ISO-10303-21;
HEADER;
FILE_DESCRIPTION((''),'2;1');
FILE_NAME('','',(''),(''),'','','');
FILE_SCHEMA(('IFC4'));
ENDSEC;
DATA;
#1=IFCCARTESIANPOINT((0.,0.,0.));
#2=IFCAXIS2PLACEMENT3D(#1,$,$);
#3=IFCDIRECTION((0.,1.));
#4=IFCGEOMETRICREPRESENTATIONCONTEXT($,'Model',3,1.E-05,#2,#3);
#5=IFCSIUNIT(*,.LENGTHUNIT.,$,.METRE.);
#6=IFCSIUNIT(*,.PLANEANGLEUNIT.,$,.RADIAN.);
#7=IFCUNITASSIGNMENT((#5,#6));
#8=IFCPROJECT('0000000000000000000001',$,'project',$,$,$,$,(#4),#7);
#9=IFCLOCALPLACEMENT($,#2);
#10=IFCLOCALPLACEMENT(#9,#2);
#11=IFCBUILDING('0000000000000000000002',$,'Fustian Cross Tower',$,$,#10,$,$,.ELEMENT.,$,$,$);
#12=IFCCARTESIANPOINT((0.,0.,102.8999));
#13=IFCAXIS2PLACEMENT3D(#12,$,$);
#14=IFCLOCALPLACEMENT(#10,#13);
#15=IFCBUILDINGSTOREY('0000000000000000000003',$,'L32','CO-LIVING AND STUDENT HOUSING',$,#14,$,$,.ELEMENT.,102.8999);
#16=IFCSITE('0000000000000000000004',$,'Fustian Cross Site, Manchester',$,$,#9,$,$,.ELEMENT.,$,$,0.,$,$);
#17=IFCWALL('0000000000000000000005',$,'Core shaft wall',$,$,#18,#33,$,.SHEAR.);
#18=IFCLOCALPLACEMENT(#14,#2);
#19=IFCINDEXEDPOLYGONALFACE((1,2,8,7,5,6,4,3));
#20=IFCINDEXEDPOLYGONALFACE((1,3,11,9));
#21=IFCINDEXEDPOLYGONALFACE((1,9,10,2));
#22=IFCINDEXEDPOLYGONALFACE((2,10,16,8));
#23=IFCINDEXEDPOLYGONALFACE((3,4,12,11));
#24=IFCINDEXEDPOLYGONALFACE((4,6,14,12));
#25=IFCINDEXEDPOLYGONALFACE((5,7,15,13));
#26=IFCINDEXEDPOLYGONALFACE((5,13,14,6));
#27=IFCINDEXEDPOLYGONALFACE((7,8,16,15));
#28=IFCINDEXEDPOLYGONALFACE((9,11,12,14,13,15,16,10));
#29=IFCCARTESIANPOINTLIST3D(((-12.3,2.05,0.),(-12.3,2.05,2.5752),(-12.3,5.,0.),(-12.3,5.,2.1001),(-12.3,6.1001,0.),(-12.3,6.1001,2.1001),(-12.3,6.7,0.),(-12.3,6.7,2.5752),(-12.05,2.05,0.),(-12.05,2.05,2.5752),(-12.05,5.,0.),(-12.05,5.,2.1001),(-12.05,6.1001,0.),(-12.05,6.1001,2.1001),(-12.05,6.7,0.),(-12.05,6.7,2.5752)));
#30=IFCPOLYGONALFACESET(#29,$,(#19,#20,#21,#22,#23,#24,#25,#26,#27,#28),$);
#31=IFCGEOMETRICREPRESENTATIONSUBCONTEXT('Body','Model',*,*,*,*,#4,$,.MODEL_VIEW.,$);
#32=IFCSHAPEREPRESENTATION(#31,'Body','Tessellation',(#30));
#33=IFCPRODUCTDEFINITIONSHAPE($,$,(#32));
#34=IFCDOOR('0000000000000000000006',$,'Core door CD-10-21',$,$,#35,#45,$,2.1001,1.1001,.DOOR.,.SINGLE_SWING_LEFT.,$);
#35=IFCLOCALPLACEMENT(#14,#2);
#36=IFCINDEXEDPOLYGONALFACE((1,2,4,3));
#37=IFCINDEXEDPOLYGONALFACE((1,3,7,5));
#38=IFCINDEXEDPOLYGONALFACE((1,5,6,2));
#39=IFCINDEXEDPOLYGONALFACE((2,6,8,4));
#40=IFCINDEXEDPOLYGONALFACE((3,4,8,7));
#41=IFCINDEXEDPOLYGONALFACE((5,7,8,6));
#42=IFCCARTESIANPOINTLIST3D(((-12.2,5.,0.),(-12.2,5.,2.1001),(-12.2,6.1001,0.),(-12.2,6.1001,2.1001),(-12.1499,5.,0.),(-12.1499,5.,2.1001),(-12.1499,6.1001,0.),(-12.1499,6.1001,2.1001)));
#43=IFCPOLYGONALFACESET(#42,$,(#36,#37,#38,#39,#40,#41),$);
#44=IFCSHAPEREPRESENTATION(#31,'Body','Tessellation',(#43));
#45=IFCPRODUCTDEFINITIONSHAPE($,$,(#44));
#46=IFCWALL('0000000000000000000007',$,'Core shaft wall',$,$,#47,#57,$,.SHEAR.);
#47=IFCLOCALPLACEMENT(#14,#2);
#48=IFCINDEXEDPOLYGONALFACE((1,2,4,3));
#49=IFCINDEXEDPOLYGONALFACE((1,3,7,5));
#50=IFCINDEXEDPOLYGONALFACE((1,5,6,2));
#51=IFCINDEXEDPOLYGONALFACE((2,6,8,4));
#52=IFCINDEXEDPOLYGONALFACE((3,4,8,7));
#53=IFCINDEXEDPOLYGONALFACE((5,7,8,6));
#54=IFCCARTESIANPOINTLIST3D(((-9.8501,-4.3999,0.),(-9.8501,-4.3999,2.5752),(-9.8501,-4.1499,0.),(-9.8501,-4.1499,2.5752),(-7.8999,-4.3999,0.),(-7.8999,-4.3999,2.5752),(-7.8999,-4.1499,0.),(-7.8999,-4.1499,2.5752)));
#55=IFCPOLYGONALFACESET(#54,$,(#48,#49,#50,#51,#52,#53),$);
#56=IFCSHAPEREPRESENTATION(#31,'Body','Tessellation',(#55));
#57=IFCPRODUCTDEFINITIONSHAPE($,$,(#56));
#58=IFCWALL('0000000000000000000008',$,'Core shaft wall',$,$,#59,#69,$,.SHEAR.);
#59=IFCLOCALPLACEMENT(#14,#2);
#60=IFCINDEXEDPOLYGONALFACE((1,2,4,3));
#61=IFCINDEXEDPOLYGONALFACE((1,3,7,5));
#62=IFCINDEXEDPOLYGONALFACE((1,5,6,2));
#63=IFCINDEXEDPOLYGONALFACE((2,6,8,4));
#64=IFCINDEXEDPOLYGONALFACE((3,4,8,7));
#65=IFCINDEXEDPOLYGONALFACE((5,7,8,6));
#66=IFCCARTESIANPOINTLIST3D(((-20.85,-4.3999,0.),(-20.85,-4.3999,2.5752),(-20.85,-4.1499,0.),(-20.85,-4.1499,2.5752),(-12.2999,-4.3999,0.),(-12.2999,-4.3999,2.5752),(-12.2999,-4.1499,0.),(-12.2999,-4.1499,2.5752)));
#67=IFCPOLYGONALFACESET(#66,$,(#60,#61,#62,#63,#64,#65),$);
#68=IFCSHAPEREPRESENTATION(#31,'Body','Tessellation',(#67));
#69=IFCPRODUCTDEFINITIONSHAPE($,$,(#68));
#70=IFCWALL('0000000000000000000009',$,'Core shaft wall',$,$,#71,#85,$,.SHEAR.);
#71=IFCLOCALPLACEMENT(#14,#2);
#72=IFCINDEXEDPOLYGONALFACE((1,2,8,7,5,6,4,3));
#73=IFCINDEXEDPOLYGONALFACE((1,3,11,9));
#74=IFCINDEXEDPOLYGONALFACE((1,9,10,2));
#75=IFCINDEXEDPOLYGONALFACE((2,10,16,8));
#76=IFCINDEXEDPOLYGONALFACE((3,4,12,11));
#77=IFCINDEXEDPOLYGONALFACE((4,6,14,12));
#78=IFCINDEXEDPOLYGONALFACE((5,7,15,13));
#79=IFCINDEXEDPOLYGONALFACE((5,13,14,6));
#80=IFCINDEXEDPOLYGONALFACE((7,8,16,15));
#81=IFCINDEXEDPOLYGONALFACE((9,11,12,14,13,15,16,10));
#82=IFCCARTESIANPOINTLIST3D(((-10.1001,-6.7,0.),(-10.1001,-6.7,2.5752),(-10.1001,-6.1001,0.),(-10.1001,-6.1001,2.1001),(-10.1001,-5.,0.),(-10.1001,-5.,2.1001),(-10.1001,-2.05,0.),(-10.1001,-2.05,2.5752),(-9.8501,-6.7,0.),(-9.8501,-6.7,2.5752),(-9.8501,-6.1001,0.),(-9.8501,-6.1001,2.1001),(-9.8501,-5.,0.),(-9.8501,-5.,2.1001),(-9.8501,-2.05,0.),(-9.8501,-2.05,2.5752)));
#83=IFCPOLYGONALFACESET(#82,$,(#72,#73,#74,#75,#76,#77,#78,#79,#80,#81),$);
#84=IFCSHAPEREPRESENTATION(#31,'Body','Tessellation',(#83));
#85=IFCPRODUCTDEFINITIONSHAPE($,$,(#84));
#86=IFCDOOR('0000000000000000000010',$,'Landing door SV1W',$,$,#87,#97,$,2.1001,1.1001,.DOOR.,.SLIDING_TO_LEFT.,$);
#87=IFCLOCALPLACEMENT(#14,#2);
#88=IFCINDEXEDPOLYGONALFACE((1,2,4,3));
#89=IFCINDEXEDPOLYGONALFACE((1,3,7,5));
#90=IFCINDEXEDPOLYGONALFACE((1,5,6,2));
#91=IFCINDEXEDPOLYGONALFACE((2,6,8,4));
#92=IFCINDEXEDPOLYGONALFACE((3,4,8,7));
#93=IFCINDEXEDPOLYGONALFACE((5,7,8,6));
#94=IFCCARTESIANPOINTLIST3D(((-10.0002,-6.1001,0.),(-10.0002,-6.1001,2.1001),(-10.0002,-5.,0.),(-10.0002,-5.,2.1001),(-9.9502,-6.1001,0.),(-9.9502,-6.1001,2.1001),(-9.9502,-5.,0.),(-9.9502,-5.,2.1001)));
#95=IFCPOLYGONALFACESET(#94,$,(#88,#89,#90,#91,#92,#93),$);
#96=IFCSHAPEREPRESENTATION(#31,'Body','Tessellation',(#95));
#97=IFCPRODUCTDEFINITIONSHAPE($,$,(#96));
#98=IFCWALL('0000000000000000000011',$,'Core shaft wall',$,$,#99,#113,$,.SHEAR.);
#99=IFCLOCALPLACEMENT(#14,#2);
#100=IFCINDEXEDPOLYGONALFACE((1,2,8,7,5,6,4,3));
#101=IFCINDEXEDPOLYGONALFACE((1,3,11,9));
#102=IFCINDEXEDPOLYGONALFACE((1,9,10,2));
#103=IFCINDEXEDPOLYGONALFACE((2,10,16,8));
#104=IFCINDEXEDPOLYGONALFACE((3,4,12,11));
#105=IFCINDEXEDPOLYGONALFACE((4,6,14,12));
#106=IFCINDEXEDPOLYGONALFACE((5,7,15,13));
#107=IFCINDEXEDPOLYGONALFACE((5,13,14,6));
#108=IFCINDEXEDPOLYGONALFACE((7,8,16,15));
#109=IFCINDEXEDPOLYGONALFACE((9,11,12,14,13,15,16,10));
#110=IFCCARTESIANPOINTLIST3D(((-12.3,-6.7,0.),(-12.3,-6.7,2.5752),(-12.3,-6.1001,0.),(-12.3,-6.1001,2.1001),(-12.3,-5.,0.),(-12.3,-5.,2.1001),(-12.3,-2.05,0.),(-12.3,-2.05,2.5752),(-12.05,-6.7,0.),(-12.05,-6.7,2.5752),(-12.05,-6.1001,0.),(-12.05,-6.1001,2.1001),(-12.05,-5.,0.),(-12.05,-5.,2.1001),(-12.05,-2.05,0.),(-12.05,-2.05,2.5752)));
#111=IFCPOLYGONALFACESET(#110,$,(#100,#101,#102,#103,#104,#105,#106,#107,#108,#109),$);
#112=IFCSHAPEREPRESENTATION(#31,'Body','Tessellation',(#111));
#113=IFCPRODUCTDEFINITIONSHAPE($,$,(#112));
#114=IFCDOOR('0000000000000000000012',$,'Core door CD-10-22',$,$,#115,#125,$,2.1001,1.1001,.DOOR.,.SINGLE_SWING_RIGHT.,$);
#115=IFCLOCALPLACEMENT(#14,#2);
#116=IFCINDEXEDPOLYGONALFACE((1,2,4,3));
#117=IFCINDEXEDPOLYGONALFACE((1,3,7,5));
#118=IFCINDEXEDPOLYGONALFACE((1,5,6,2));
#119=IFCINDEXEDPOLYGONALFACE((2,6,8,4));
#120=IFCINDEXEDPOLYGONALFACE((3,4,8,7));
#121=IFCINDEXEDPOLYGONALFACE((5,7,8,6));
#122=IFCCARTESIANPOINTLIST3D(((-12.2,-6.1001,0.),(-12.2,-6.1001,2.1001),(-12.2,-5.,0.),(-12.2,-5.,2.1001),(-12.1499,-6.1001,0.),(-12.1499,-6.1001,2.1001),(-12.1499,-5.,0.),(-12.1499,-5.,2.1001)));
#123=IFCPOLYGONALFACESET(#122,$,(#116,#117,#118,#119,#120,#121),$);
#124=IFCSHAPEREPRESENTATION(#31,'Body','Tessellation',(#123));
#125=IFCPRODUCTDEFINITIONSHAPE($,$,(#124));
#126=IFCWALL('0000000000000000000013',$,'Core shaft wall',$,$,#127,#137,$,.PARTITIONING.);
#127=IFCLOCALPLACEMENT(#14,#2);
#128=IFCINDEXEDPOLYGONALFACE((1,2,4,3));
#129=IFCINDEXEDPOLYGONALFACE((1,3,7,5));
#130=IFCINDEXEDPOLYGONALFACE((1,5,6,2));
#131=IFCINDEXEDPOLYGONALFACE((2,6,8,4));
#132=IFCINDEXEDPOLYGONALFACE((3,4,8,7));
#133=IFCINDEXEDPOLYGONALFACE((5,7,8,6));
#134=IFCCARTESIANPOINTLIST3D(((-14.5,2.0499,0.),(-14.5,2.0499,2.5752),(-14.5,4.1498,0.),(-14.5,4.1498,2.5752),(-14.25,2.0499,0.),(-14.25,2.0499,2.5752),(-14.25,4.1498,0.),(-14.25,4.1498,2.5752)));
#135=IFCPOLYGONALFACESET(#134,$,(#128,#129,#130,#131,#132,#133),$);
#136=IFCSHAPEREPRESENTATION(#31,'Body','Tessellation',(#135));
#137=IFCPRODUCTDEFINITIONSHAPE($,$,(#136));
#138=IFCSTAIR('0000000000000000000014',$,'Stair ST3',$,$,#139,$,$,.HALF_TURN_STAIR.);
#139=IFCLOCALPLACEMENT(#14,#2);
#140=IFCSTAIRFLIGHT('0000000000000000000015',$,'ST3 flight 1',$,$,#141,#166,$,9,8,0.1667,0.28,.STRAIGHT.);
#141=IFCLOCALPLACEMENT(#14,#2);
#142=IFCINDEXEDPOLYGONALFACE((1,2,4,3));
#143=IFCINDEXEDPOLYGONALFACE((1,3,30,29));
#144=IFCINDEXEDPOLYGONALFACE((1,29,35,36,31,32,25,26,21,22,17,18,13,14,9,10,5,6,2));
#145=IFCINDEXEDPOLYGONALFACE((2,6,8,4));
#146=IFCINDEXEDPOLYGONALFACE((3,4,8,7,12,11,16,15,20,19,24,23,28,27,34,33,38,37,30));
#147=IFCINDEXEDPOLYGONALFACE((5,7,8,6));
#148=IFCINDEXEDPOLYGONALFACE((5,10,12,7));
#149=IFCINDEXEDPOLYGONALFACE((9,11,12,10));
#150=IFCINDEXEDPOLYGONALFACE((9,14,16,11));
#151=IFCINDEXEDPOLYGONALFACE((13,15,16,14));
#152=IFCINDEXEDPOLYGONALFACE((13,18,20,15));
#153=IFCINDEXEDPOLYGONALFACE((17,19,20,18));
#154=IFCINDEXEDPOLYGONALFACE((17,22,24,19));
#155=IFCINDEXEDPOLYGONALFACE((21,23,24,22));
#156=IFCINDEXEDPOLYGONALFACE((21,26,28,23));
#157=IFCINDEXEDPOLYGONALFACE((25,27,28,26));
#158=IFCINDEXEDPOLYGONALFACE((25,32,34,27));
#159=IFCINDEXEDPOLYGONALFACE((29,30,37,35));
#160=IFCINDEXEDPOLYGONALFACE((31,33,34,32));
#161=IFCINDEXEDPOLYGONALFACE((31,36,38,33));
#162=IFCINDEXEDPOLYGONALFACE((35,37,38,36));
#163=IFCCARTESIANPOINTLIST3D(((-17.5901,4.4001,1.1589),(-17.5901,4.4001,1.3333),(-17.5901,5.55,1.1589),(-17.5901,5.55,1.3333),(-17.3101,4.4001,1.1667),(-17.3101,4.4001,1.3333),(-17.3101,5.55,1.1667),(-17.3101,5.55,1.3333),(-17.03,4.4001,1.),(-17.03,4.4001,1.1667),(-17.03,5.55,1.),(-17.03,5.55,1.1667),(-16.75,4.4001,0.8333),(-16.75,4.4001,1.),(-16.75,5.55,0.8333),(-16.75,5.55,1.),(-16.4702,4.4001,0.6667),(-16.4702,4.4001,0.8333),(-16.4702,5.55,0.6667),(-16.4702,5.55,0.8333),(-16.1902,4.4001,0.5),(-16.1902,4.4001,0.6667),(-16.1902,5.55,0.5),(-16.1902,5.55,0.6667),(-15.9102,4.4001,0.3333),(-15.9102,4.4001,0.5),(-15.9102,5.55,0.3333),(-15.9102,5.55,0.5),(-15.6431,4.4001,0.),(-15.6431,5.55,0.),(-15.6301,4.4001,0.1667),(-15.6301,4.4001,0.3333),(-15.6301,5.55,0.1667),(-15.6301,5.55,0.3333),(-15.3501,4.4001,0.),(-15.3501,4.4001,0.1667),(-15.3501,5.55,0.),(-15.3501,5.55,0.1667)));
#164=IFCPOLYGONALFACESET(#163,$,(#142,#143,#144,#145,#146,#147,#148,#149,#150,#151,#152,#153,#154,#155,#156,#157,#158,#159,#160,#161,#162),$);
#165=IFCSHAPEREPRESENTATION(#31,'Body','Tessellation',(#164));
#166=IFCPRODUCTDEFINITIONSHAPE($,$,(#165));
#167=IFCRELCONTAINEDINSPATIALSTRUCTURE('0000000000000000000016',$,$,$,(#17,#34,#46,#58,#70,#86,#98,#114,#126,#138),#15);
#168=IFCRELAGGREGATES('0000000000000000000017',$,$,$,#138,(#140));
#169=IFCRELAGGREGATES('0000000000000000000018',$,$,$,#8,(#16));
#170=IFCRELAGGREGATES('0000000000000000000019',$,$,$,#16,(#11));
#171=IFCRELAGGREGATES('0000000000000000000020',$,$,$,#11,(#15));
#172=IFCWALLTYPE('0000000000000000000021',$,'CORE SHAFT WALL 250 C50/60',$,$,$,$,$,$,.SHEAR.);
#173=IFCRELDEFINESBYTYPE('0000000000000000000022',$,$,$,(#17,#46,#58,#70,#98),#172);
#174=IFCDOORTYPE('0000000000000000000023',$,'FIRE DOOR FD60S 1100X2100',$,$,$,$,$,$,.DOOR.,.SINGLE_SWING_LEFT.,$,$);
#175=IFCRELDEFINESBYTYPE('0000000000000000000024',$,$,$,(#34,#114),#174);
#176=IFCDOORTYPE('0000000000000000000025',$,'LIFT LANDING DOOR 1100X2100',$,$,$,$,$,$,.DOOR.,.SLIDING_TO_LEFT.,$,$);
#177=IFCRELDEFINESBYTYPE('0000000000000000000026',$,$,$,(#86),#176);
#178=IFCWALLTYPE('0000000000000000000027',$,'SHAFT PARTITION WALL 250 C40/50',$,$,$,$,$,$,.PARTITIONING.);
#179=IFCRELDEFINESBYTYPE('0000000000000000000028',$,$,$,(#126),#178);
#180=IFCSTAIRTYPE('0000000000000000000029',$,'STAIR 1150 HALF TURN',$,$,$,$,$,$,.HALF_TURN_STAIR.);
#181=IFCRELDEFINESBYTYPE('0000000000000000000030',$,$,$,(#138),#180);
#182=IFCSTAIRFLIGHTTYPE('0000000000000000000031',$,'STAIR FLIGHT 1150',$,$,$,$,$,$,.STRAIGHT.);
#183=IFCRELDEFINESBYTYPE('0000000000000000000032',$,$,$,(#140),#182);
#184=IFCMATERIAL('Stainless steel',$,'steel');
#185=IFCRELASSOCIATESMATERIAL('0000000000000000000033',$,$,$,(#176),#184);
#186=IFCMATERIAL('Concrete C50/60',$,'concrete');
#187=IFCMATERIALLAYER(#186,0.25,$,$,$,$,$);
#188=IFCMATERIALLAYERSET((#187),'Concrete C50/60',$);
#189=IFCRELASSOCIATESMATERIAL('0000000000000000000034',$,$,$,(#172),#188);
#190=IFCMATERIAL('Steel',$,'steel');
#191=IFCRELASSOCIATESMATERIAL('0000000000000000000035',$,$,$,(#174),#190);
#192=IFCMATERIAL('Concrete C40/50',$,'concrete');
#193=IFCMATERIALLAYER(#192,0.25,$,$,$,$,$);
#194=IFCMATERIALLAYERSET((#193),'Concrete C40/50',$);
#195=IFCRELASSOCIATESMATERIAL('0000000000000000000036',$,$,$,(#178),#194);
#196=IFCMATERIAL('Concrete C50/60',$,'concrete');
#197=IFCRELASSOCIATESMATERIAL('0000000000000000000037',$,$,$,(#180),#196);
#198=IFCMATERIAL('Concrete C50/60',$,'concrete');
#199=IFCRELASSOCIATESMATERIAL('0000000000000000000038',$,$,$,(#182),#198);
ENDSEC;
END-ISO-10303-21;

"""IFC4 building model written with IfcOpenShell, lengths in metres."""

from ifc_helpers import new_model, si_unit, direction, frame, frame_2d, origin, place, context, subcontext, project, spatial, polyline, rectangle, outline, extrude, material, layer, layer_set, type_object, element, fill, aggregate, save


model = new_model("IFC4")

# Units and contexts
model_context = context("Model", 3, precision=1e-05, world=origin(), true_north=direction((0.0, 1.0)))
body_context = subcontext(model_context, "Body", "Model", "MODEL_VIEW")
ifc_project = project(units=[si_unit("LENGTHUNIT", "METRE"), si_unit("PLANEANGLEUNIT", "RADIAN")], contexts=[model_context])

# Site, building, storey
site_placement = place(None, origin())
site = spatial("IfcSite", under=ifc_project, at=site_placement, Name="Fustian Cross Site, Manchester", CompositionType="ELEMENT", RefElevation=0.0)
building_placement = place(site_placement, origin())
building = spatial("IfcBuilding", under=site, at=building_placement, Name="Fustian Cross Tower", CompositionType="ELEMENT")
storey_placement = place(building_placement, frame((0.0, 0.0, 102.8999)))
storey = spatial("IfcBuildingStorey", under=building, at=storey_placement, Name="L32", Description="CO-LIVING AND STUDENT HOUSING", CompositionType="ELEMENT", Elevation=102.8999)

# Shared definitions
ifc_material_1 = material(Name="Stainless steel", Category="steel")
door_type_1 = type_object("IfcDoorType", Name="LIFT LANDING DOOR 1100X2100", OperationType="SLIDING_TO_LEFT", PredefinedType="DOOR", material=ifc_material_1)

# Shared definitions
ifc_material_2 = material(Name="Concrete C50/60", Category="concrete")
ifc_layer_1 = layer(ifc_material_2, 0.25)
ifc_layer_set_1 = layer_set([ifc_layer_1], Name="Concrete C50/60")
wall_type_1 = type_object("IfcWallType", Name="CORE SHAFT WALL 250 C50/60", PredefinedType="SHEAR", material=ifc_layer_set_1)

# Wall, opening, door
wall_1_placement = place(storey_placement, frame((-12.175, 2.05, 0.0), z_axis=(0.0, 0.0, 1.0), x_axis=(0.0, 1.0, 0.0)))
wall_1 = element("IfcWall", 1, at=wall_1_placement, inside=storey, type_object=wall_type_1, Name="Core shaft wall", PredefinedType="SHEAR", context=body_context, shape_type="SweptSolid", body=[
    extrude(rectangle(XDim=4.6499, YDim=0.25, at=frame_2d((2.325, 0.0))), origin(), (0.0, 0.0, 1.0), 2.5752),
])
opening_1_placement = place(wall_1_placement, frame((2.95, 0.0, 0.0)))
opening_1 = element("IfcOpeningElement", 2, at=opening_1_placement, cuts=wall_1, PredefinedType="OPENING", context=body_context, shape_type="SweptSolid", body=[
    extrude(rectangle(XDim=1.1001, YDim=2.1001, at=frame_2d((0.55, 1.05))), frame((0.0, 0.135, 0.0), z_axis=(0.0, -1.0, 0.0), x_axis=(1.0, 0.0, 0.0)), (0.0, 0.0, 1.0), 0.27),
])
ifc_material_3 = material(Name="Steel", Category="steel")
door_type_2 = type_object("IfcDoorType", Name="FIRE DOOR FD60S 1100X2100", OperationType="SINGLE_SWING_LEFT", PredefinedType="DOOR", material=ifc_material_3)
door_1_placement = place(opening_1_placement, origin())
door_1 = element("IfcDoor", 3, at=door_1_placement, inside=storey, type_object=door_type_2, Name="Core door CD-10-21", OperationType="SINGLE_SWING_LEFT", OverallHeight=2.1001, OverallWidth=1.1001, PredefinedType="DOOR", context=body_context, shape_type="SweptSolid", body=[
    extrude(rectangle(XDim=1.1001, YDim=2.1001, at=frame_2d((0.55, 1.05))), frame((0.0, 0.0249, 0.0), z_axis=(0.0, -1.0, 0.0), x_axis=(1.0, 0.0, 0.0)), (0.0, 0.0, 1.0), 0.05),
])
fill(opening_1, door_1)

# Walls
wall_2_placement = place(storey_placement, frame((-7.8999, -4.2749, 0.0), z_axis=(0.0, 0.0, 1.0), x_axis=(-1.0, 0.0, 0.0)))
element("IfcWall", 4, at=wall_2_placement, inside=storey, type_object=wall_type_1, Name="Core shaft wall", PredefinedType="SHEAR", context=body_context, shape_type="SweptSolid", body=[
    extrude(rectangle(XDim=1.9502, YDim=0.25, at=frame_2d((0.9751, 0.0))), origin(), (0.0, 0.0, 1.0), 2.5752),
])
wall_3_placement = place(storey_placement, frame((-12.3, -4.2749, 0.0), z_axis=(0.0, 0.0, 1.0), x_axis=(-1.0, 0.0, 0.0)))
element("IfcWall", 5, at=wall_3_placement, inside=storey, type_object=wall_type_1, Name="Core shaft wall", PredefinedType="SHEAR", context=body_context, shape_type="SweptSolid", body=[
    extrude(rectangle(XDim=8.55, YDim=0.25, at=frame_2d((4.2749, 0.0))), origin(), (0.0, 0.0, 1.0), 2.5752),
])

# Walls, openings, doors
wall_4_placement = place(storey_placement, frame((-9.9751, -2.05, 0.0), z_axis=(0.0, 0.0, 1.0), x_axis=(0.0, -1.0, 0.0)))
wall_4 = element("IfcWall", 6, at=wall_4_placement, inside=storey, type_object=wall_type_1, Name="Core shaft wall", PredefinedType="SHEAR", context=body_context, shape_type="SweptSolid", body=[
    extrude(rectangle(XDim=4.6499, YDim=0.25, at=frame_2d((2.325, 0.0))), origin(), (0.0, 0.0, 1.0), 2.5752),
])
opening_2_placement = place(wall_4_placement, frame((2.95, 0.0, 0.0)))
opening_2 = element("IfcOpeningElement", 7, at=opening_2_placement, cuts=wall_4, PredefinedType="OPENING", context=body_context, shape_type="SweptSolid", body=[
    extrude(rectangle(XDim=1.1001, YDim=2.1001, at=frame_2d((0.55, 1.05))), frame((0.0, 0.135, 0.0), z_axis=(0.0, -1.0, 0.0), x_axis=(1.0, 0.0, 0.0)), (0.0, 0.0, 1.0), 0.27),
])
door_2_placement = place(opening_2_placement, origin())
door_2 = element("IfcDoor", 8, at=door_2_placement, inside=storey, type_object=door_type_1, Name="Landing door SV1W", OperationType="SLIDING_TO_LEFT", OverallHeight=2.1001, OverallWidth=1.1001, PredefinedType="DOOR", context=body_context, shape_type="SweptSolid", body=[
    extrude(rectangle(XDim=1.1001, YDim=2.1001, at=frame_2d((0.55, 1.05))), frame((0.0, 0.0249, 0.0), z_axis=(0.0, -1.0, 0.0), x_axis=(1.0, 0.0, 0.0)), (0.0, 0.0, 1.0), 0.05),
])
fill(opening_2, door_2)
wall_5_placement = place(storey_placement, frame((-12.175, -2.05, 0.0), z_axis=(0.0, 0.0, 1.0), x_axis=(0.0, -1.0, 0.0)))
wall_5 = element("IfcWall", 9, at=wall_5_placement, inside=storey, type_object=wall_type_1, Name="Core shaft wall", PredefinedType="SHEAR", context=body_context, shape_type="SweptSolid", body=[
    extrude(rectangle(XDim=4.6499, YDim=0.25, at=frame_2d((2.325, 0.0))), origin(), (0.0, 0.0, 1.0), 2.5752),
])
opening_3_placement = place(wall_5_placement, frame((2.95, 0.0, 0.0)))
opening_3 = element("IfcOpeningElement", 10, at=opening_3_placement, cuts=wall_5, PredefinedType="OPENING", context=body_context, shape_type="SweptSolid", body=[
    extrude(rectangle(XDim=1.1001, YDim=2.1001, at=frame_2d((0.55, 1.05))), frame((0.0, 0.135, 0.0), z_axis=(0.0, -1.0, 0.0), x_axis=(1.0, 0.0, 0.0)), (0.0, 0.0, 1.0), 0.27),
])
door_3_placement = place(opening_3_placement, frame((1.1001, 0.0, 0.0), z_axis=(0.0, 0.0, 1.0), x_axis=(-1.0, 0.0, 0.0)))
door_3 = element("IfcDoor", 11, at=door_3_placement, inside=storey, type_object=door_type_2, Name="Core door CD-10-22", OperationType="SINGLE_SWING_RIGHT", OverallHeight=2.1001, OverallWidth=1.1001, PredefinedType="DOOR", context=body_context, shape_type="SweptSolid", body=[
    extrude(rectangle(XDim=1.1001, YDim=2.1001, at=frame_2d((0.55, 1.05))), frame((0.0, 0.0249, 0.0), z_axis=(0.0, -1.0, 0.0), x_axis=(1.0, 0.0, 0.0)), (0.0, 0.0, 1.0), 0.05),
])
fill(opening_3, door_3)

# Wall
ifc_material_4 = material(Name="Concrete C40/50", Category="concrete")
ifc_layer_2 = layer(ifc_material_4, 0.25)
ifc_layer_set_2 = layer_set([ifc_layer_2], Name="Concrete C40/50")
wall_type_2 = type_object("IfcWallType", Name="SHAFT PARTITION WALL 250 C40/50", PredefinedType="PARTITIONING", material=ifc_layer_set_2)
wall_6_placement = place(storey_placement, frame((-14.375, 2.05, 0.0), z_axis=(0.0, 0.0, 1.0), x_axis=(0.0, 1.0, 0.0)))
element("IfcWall", 12, at=wall_6_placement, inside=storey, type_object=wall_type_2, Name="Core shaft wall", PredefinedType="PARTITIONING", context=body_context, shape_type="SweptSolid", body=[
    extrude(rectangle(XDim=2.0999, YDim=0.25, at=frame_2d((1.0498, 0.0))), origin(), (0.0, 0.0, 1.0), 2.5752),
])

# Stair, stair flight
ifc_material_5 = material(Name="Concrete C50/60", Category="concrete")
stair_type = type_object("IfcStairType", Name="STAIR 1150 HALF TURN", PredefinedType="HALF_TURN_STAIR", material=ifc_material_5)
stair_placement = place(storey_placement, origin())
stair = element("IfcStair", 13, at=stair_placement, inside=storey, type_object=stair_type, Name="Stair ST3", PredefinedType="HALF_TURN_STAIR")
ifc_material_6 = material(Name="Concrete C50/60", Category="concrete")
stair_flight_type = type_object("IfcStairFlightType", Name="STAIR FLIGHT 1150", PredefinedType="STRAIGHT", material=ifc_material_6)
stair_flight_placement = place(storey_placement, frame((-15.3501, 4.9751, 0.0), z_axis=(0.0, 0.0, 1.0), x_axis=(-1.0, 0.0, 0.0)))
stair_flight = element("IfcStairFlight", 14, at=stair_flight_placement, type_object=stair_flight_type, Name="ST3 flight 1", NumberOfRisers=9, NumberOfTreads=8, PredefinedType="STRAIGHT", RiserHeight=0.1667, TreadLength=0.28, context=body_context, shape_type="SweptSolid", body=[
    extrude(outline(polyline([(0.0, 0.0), (0.0, 0.1667), (0.28, 0.1667), (0.28, 0.3333), (0.5601, 0.3333), (0.5601, 0.5), (0.8401, 0.5), (0.8401, 0.6667), (1.1201, 0.6667), (1.1201, 0.8333), (1.3999, 0.8333), (1.3999, 1.0), (1.6799, 1.0), (1.6799, 1.1667), (1.96, 1.1667), (1.96, 1.3333), (2.24, 1.3333), (2.24, 1.5), (2.24, 1.1589), (0.293, 0.0), (0.0, 0.0)])), frame((0.0, 0.575, 0.0), z_axis=(0.0, -1.0, 0.0), x_axis=(1.0, 0.0, 0.0)), (0.0, 0.0, 1.0), 1.1499),
])
aggregate(stair, [stair_flight])

save(model, "model.ifc")
